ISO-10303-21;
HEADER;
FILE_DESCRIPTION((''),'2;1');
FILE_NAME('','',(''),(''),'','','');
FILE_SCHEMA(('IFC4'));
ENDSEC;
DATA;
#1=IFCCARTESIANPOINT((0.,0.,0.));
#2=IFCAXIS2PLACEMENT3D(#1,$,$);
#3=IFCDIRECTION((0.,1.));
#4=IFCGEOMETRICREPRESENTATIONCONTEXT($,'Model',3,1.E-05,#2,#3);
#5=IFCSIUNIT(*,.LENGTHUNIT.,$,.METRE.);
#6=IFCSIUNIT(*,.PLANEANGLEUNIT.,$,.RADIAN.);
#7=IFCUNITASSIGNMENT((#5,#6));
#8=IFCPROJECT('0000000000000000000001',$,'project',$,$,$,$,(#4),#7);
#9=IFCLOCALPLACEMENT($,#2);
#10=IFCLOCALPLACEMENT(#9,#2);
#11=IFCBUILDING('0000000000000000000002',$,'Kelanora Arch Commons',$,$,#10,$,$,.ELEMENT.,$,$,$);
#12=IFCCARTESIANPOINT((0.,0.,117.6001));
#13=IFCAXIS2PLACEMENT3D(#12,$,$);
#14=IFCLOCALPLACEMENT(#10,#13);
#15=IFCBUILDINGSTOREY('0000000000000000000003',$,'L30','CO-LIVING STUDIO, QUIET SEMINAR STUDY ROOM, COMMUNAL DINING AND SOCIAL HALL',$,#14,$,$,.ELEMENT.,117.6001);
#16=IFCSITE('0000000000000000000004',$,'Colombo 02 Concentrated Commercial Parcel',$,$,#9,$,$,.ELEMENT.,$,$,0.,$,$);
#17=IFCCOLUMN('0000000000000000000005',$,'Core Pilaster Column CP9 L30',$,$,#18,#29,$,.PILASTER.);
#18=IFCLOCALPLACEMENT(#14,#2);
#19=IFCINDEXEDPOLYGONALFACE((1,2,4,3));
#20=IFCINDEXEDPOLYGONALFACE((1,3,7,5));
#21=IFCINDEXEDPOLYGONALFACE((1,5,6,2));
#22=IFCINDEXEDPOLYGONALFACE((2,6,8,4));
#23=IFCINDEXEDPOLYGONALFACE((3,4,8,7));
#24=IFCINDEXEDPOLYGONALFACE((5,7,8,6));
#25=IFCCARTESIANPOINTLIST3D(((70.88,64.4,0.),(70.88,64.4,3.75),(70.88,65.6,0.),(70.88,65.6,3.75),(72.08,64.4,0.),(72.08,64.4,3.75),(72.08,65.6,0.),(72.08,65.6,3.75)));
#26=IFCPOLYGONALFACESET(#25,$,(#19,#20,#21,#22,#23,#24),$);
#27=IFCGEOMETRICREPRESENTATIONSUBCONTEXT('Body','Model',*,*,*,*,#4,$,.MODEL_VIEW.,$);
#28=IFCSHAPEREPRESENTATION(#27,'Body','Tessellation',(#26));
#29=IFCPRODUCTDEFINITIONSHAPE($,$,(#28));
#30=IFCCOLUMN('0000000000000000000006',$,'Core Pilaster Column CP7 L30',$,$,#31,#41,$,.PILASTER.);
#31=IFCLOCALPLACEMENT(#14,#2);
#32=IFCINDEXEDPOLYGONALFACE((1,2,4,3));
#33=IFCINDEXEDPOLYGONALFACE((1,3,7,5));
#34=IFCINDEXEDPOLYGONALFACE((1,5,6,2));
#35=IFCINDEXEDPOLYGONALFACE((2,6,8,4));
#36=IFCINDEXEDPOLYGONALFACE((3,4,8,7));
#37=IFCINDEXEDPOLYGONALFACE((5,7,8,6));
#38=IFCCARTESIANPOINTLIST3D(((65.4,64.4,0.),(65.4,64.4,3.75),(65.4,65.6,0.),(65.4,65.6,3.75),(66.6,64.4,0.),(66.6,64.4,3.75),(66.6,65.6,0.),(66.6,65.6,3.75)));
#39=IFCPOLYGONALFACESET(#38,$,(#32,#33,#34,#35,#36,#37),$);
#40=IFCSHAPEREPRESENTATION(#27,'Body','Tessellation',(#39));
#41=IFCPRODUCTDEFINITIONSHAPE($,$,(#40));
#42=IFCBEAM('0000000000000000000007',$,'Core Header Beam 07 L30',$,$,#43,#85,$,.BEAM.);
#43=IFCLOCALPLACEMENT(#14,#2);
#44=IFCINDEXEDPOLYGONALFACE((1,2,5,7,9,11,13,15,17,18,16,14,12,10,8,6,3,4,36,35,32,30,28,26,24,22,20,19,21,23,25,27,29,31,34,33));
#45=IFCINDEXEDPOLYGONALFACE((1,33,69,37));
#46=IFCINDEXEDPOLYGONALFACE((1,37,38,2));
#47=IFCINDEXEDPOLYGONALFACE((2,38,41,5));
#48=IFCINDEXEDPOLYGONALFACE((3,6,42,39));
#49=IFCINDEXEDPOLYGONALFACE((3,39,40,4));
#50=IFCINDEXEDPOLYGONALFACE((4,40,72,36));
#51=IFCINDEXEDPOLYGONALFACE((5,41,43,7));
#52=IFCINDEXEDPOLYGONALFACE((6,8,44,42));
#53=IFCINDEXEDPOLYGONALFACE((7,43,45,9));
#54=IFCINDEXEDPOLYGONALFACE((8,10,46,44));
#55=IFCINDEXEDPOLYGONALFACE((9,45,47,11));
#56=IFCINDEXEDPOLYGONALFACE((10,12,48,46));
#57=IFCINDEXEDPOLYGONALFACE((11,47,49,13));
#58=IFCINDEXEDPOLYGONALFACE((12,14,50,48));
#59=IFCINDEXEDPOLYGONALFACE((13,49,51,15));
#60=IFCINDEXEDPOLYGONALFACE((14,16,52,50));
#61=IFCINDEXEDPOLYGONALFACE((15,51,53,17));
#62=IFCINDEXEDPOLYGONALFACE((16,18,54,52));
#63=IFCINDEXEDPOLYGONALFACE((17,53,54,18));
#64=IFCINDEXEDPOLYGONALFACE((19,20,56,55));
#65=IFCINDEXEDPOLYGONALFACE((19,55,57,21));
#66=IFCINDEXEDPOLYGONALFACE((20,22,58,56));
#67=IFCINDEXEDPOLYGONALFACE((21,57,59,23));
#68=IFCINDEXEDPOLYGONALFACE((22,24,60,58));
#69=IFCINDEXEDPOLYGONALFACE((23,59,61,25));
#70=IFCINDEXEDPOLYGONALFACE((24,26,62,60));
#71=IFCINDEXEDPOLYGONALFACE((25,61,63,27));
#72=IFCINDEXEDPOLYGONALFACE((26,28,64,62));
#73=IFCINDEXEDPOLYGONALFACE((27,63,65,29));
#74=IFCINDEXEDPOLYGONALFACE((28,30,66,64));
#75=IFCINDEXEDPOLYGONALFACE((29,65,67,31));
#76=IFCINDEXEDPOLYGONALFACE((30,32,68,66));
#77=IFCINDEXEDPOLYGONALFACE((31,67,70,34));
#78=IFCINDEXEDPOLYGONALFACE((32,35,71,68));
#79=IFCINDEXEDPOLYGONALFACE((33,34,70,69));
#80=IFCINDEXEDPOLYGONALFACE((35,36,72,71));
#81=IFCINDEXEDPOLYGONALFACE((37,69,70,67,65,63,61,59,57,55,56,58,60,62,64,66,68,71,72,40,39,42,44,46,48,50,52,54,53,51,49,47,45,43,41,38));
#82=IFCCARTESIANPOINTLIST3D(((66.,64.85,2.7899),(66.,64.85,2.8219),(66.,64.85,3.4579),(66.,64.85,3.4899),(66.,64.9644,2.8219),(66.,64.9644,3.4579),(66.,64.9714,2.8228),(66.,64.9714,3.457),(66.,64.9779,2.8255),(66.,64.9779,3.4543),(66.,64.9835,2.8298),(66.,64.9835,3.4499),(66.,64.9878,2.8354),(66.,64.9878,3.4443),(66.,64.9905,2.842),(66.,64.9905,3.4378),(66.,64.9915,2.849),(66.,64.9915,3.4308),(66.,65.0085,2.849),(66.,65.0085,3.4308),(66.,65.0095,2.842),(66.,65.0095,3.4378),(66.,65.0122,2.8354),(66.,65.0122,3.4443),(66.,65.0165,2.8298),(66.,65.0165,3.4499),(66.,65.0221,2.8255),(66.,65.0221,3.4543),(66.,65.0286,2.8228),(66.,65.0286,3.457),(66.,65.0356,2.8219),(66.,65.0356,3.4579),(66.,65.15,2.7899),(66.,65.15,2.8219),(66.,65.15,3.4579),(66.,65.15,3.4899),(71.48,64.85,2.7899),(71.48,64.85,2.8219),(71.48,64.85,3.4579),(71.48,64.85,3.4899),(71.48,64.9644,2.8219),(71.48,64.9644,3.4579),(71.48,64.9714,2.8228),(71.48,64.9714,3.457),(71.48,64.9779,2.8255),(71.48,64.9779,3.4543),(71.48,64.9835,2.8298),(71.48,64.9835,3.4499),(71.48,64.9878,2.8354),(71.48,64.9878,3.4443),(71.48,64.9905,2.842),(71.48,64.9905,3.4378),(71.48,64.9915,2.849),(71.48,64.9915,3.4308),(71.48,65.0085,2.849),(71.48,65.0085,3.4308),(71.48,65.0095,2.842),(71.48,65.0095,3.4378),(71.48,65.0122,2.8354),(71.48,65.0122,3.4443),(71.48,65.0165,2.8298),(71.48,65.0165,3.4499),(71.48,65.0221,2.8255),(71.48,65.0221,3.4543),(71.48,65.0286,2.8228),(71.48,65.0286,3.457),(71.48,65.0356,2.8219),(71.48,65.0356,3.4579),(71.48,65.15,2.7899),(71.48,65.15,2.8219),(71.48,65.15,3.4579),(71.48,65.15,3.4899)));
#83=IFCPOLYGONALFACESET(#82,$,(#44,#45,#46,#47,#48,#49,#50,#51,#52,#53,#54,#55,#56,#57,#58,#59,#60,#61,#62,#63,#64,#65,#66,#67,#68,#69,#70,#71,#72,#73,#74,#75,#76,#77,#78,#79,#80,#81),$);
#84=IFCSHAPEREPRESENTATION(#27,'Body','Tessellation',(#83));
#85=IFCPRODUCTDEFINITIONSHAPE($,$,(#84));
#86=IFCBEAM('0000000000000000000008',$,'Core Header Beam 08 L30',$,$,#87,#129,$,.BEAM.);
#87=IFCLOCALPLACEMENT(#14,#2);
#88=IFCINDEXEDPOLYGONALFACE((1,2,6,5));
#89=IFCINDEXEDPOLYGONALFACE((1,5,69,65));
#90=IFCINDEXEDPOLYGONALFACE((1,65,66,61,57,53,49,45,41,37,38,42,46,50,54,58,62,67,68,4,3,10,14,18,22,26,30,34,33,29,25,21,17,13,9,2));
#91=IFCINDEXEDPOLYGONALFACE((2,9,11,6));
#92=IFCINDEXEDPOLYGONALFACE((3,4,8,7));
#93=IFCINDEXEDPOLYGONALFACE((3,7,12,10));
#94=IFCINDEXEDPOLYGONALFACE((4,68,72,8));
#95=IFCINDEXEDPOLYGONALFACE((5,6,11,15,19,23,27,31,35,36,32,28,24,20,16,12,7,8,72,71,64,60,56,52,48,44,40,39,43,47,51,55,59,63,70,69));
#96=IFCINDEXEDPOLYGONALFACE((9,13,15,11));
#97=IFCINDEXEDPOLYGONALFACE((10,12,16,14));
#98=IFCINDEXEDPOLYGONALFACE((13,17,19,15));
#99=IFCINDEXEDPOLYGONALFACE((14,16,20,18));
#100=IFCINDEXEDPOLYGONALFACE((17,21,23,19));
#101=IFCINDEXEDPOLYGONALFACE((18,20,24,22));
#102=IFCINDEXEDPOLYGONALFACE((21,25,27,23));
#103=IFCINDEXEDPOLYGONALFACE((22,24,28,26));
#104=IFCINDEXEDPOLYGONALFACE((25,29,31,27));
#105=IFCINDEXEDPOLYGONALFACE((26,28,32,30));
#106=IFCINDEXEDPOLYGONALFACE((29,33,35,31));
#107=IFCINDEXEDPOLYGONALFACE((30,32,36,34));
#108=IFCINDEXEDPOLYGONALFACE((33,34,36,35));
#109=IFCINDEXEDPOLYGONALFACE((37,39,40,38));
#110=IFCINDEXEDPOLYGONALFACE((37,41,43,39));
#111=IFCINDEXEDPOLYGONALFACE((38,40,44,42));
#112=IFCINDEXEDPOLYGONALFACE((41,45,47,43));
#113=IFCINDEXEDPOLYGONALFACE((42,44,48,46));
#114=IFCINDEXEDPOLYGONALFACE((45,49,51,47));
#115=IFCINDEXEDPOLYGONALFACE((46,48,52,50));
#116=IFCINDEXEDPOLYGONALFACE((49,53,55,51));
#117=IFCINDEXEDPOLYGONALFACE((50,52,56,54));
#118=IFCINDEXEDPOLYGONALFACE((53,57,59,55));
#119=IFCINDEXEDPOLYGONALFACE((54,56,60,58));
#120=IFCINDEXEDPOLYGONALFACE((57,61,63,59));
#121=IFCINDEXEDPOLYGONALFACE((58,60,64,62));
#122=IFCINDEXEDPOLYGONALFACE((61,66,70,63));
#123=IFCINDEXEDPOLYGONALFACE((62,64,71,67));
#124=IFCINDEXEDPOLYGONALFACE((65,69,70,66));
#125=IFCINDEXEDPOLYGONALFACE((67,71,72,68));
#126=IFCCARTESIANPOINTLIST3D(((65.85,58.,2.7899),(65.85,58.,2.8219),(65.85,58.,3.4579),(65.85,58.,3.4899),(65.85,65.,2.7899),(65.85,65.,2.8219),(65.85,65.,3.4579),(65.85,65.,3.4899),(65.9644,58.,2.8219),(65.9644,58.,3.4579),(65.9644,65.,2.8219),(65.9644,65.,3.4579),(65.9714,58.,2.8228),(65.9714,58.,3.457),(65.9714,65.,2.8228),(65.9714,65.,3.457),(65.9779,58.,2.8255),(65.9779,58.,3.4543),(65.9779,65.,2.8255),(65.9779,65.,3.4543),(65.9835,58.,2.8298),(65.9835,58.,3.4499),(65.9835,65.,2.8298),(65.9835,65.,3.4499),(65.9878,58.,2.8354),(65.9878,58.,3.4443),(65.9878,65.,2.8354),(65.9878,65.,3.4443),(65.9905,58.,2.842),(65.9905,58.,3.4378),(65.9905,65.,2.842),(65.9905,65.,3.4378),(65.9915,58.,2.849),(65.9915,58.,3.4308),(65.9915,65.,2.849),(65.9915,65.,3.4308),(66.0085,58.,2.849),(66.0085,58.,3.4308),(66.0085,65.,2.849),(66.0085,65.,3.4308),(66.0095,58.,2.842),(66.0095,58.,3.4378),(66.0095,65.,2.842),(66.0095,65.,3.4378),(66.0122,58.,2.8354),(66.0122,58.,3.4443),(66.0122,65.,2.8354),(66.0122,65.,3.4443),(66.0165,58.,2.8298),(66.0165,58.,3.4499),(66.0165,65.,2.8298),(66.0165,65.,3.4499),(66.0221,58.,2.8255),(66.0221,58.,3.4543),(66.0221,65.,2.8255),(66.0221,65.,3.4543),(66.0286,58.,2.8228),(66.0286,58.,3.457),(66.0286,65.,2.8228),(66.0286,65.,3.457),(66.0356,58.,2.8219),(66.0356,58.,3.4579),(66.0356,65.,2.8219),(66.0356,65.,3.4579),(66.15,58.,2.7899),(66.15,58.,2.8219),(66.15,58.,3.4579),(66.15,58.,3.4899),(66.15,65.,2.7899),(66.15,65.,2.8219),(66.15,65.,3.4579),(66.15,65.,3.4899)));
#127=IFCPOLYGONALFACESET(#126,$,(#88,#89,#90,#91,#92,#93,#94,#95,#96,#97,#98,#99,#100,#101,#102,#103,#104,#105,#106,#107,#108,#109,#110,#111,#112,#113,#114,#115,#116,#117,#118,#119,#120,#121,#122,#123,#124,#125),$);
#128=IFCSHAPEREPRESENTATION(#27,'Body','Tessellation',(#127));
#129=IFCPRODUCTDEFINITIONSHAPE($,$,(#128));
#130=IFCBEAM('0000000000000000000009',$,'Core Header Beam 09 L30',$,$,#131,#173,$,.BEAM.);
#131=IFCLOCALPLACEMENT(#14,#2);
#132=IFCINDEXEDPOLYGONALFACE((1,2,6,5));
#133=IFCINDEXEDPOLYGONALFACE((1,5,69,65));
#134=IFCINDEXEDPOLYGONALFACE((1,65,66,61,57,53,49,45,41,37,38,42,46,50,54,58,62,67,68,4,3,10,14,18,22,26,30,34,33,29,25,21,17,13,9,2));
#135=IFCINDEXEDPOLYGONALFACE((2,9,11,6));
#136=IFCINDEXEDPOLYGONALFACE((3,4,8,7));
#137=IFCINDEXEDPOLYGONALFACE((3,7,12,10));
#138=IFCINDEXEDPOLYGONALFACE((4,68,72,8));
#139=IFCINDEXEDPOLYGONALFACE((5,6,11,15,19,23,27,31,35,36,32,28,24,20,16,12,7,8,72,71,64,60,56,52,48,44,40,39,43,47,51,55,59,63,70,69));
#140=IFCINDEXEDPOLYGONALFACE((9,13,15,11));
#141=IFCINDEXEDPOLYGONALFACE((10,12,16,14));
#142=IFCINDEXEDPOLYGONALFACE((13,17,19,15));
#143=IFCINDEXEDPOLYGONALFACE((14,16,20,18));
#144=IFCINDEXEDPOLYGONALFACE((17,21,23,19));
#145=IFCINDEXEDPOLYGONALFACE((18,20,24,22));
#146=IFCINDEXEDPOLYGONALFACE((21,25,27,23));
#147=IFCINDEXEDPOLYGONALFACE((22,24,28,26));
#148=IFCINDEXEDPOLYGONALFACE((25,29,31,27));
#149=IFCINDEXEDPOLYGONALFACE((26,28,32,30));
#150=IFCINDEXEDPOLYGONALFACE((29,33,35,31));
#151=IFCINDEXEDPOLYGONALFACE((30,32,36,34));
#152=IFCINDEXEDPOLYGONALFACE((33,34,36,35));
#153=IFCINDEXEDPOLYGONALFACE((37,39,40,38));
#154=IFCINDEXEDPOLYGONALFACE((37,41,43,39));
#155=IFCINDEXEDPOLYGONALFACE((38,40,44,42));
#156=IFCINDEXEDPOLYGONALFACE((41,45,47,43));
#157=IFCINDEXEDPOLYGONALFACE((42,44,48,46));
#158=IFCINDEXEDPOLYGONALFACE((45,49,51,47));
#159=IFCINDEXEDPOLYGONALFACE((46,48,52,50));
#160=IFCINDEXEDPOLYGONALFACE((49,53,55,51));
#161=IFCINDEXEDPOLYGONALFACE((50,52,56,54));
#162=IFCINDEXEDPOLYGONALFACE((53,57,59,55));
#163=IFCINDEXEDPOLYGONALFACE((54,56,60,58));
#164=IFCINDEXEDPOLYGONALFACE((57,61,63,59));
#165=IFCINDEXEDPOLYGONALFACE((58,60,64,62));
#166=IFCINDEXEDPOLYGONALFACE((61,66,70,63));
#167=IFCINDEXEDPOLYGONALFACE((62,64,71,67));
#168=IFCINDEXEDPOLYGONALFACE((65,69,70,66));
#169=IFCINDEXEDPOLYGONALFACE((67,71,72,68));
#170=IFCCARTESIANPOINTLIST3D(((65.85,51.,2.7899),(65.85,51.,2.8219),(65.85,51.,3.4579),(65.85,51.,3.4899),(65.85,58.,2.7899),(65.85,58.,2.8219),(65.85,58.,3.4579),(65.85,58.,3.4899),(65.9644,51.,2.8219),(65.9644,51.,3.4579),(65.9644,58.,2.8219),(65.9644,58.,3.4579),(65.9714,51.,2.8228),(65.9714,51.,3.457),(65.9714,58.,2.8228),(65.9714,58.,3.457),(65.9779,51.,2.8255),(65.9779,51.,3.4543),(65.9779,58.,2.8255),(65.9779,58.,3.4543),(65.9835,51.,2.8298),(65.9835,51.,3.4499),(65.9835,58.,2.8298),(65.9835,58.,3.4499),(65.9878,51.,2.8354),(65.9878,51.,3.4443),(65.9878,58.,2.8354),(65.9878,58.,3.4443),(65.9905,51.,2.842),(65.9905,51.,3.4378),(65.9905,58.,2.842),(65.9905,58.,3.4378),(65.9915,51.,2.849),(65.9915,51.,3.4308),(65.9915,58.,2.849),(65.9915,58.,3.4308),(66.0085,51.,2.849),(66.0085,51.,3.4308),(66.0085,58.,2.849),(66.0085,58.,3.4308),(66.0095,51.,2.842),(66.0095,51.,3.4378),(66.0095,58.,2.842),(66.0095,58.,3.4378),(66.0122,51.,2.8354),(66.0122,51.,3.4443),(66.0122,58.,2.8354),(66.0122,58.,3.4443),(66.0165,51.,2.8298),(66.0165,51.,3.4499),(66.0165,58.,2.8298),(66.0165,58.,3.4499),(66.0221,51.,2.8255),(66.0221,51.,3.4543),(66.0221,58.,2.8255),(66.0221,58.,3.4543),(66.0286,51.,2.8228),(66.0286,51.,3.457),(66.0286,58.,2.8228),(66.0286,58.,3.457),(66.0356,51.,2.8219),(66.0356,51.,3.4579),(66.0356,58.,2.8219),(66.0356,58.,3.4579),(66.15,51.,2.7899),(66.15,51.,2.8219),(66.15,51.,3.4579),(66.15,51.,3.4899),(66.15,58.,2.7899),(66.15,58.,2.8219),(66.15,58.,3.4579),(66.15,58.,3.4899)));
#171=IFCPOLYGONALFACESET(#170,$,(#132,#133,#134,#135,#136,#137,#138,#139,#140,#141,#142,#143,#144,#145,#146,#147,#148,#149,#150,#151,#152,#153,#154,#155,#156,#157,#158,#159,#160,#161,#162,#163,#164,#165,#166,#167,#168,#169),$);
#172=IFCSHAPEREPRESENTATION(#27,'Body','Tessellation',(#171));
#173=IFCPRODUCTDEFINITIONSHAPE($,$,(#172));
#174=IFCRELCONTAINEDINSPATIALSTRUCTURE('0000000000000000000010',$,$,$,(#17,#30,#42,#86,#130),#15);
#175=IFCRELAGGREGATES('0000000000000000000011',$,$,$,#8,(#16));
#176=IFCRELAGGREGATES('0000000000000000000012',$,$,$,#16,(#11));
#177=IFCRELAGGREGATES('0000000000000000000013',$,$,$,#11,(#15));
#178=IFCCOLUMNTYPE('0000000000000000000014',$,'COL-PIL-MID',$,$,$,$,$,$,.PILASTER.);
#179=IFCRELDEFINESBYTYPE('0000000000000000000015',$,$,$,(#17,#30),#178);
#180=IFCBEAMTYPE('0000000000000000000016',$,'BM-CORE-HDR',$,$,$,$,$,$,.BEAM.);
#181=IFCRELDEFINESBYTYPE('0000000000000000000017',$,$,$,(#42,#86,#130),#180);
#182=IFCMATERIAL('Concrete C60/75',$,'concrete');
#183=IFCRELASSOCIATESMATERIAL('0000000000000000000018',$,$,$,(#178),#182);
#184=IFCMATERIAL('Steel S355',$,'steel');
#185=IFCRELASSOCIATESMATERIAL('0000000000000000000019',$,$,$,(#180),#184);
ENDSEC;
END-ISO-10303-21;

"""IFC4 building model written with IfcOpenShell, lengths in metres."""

from ifc_helpers import new_model, si_unit, direction, frame, origin, origin_2d, place, context, subcontext, project, spatial, rectangle, i_section, extrude, material, material_profile, profile_set, type_object, element, save


model = new_model("IFC4")

# Units and contexts
model_context = context("Model", 3, precision=1e-05, world=origin(), true_north=direction((0.0, 1.0)))
body_context = subcontext(model_context, "Body", "Model", "MODEL_VIEW")
ifc_project = project(units=[si_unit("LENGTHUNIT", "METRE"), si_unit("PLANEANGLEUNIT", "RADIAN")], contexts=[model_context])

# Site, building, storey
site_placement = place(None, origin())
site = spatial("IfcSite", under=ifc_project, at=site_placement, Name="Colombo 02 Concentrated Commercial Parcel", CompositionType="ELEMENT", RefElevation=0.0)
building_placement = place(site_placement, origin())
building = spatial("IfcBuilding", under=site, at=building_placement, Name="Kelanora Arch Commons", CompositionType="ELEMENT")
storey_placement = place(building_placement, frame((0.0, 0.0, 117.6001)))
storey = spatial("IfcBuildingStorey", under=building, at=storey_placement, Name="L30", Description="CO-LIVING STUDIO, QUIET SEMINAR STUDY ROOM, COMMUNAL DINING AND SOCIAL HALL", CompositionType="ELEMENT", Elevation=117.6001)

# Columns
ifc_material_1 = material(Name="Concrete C60/75", Category="concrete")
ifc_material_profile_1 = material_profile(ifc_material_1, rectangle(XDim=1.2, YDim=1.2, at=origin_2d()), Name="RC1200x1200")
ifc_profile_set_1 = profile_set([ifc_material_profile_1], Name="Concrete C60/75")
column_type = type_object("IfcColumnType", Name="COL-PIL-MID", PredefinedType="PILASTER", material=ifc_profile_set_1)
for number, where, z_axis, x_axis, name in (
    (1, (71.48, 65.0, 0.0), (0.0, 0.0, 1.0), (1.0, 0.0, 0.0), "Core Pilaster Column CP9 L30"),
    (2, (66.0, 65.0, 0.0), (0.0, 0.0, 1.0), (1.0, 0.0, 0.0), "Core Pilaster Column CP7 L30"),
):
    element("IfcColumn", number, at=place(storey_placement, frame(where, z_axis=z_axis, x_axis=x_axis)), inside=storey, type_object=column_type, Name=name, PredefinedType="PILASTER", context=body_context, shape_type="SweptSolid", body=[
        extrude(rectangle(XDim=1.2, YDim=1.2, at=origin_2d()), origin(), (0.0, 0.0, 1.0), 3.75),
    ])

# Beams
ifc_material_2 = material(Name="Steel S355", Category="steel")
ifc_material_profile_2 = material_profile(ifc_material_2, i_section(OverallWidth=0.3, OverallDepth=0.7, WebThickness=0.0171, FlangeThickness=0.032, FilletRadius=0.0271, at=origin_2d()), Name="HEB700")
ifc_profile_set_2 = profile_set([ifc_material_profile_2], Name="Steel S355")
beam_type_1 = type_object("IfcBeamType", Name="BM-CORE-HDR", PredefinedType="BEAM", material=ifc_profile_set_2)
beam_1_placement = place(storey_placement, frame((71.48, 65.0, 3.1399), z_axis=(-1.0, 0.0, 0.0), x_axis=(0.0, -1.0, 0.0)))
element("IfcBeam", 3, at=beam_1_placement, inside=storey, type_object=beam_type_1, Name="Core Header Beam 07 L30", PredefinedType="BEAM", context=body_context, shape_type="SweptSolid", body=[
    extrude(i_section(OverallWidth=0.3, OverallDepth=0.7, WebThickness=0.0171, FlangeThickness=0.032, FilletRadius=0.0271, at=origin_2d()), origin(), (0.0, 0.0, 1.0), 5.48),
])
for number, where, z_axis, x_axis, name in (
    (4, (66.0, 65.0, 3.1399), (0.0, -1.0, 0.0), (1.0, 0.0, 0.0), "Core Header Beam 08 L30"),
    (5, (66.0, 58.0, 3.1399), (0.0, -1.0, 0.0), (1.0, 0.0, 0.0), "Core Header Beam 09 L30"),
):
    element("IfcBeam", number, at=place(storey_placement, frame(where, z_axis=z_axis, x_axis=x_axis)), inside=storey, type_object=beam_type_1, Name=name, PredefinedType="BEAM", context=body_context, shape_type="SweptSolid", body=[
        extrude(i_section(OverallWidth=0.3, OverallDepth=0.7, WebThickness=0.0171, FlangeThickness=0.032, FilletRadius=0.0271, at=origin_2d()), origin(), (0.0, 0.0, 1.0), 7.0),
    ])

save(model, "model.ifc")
